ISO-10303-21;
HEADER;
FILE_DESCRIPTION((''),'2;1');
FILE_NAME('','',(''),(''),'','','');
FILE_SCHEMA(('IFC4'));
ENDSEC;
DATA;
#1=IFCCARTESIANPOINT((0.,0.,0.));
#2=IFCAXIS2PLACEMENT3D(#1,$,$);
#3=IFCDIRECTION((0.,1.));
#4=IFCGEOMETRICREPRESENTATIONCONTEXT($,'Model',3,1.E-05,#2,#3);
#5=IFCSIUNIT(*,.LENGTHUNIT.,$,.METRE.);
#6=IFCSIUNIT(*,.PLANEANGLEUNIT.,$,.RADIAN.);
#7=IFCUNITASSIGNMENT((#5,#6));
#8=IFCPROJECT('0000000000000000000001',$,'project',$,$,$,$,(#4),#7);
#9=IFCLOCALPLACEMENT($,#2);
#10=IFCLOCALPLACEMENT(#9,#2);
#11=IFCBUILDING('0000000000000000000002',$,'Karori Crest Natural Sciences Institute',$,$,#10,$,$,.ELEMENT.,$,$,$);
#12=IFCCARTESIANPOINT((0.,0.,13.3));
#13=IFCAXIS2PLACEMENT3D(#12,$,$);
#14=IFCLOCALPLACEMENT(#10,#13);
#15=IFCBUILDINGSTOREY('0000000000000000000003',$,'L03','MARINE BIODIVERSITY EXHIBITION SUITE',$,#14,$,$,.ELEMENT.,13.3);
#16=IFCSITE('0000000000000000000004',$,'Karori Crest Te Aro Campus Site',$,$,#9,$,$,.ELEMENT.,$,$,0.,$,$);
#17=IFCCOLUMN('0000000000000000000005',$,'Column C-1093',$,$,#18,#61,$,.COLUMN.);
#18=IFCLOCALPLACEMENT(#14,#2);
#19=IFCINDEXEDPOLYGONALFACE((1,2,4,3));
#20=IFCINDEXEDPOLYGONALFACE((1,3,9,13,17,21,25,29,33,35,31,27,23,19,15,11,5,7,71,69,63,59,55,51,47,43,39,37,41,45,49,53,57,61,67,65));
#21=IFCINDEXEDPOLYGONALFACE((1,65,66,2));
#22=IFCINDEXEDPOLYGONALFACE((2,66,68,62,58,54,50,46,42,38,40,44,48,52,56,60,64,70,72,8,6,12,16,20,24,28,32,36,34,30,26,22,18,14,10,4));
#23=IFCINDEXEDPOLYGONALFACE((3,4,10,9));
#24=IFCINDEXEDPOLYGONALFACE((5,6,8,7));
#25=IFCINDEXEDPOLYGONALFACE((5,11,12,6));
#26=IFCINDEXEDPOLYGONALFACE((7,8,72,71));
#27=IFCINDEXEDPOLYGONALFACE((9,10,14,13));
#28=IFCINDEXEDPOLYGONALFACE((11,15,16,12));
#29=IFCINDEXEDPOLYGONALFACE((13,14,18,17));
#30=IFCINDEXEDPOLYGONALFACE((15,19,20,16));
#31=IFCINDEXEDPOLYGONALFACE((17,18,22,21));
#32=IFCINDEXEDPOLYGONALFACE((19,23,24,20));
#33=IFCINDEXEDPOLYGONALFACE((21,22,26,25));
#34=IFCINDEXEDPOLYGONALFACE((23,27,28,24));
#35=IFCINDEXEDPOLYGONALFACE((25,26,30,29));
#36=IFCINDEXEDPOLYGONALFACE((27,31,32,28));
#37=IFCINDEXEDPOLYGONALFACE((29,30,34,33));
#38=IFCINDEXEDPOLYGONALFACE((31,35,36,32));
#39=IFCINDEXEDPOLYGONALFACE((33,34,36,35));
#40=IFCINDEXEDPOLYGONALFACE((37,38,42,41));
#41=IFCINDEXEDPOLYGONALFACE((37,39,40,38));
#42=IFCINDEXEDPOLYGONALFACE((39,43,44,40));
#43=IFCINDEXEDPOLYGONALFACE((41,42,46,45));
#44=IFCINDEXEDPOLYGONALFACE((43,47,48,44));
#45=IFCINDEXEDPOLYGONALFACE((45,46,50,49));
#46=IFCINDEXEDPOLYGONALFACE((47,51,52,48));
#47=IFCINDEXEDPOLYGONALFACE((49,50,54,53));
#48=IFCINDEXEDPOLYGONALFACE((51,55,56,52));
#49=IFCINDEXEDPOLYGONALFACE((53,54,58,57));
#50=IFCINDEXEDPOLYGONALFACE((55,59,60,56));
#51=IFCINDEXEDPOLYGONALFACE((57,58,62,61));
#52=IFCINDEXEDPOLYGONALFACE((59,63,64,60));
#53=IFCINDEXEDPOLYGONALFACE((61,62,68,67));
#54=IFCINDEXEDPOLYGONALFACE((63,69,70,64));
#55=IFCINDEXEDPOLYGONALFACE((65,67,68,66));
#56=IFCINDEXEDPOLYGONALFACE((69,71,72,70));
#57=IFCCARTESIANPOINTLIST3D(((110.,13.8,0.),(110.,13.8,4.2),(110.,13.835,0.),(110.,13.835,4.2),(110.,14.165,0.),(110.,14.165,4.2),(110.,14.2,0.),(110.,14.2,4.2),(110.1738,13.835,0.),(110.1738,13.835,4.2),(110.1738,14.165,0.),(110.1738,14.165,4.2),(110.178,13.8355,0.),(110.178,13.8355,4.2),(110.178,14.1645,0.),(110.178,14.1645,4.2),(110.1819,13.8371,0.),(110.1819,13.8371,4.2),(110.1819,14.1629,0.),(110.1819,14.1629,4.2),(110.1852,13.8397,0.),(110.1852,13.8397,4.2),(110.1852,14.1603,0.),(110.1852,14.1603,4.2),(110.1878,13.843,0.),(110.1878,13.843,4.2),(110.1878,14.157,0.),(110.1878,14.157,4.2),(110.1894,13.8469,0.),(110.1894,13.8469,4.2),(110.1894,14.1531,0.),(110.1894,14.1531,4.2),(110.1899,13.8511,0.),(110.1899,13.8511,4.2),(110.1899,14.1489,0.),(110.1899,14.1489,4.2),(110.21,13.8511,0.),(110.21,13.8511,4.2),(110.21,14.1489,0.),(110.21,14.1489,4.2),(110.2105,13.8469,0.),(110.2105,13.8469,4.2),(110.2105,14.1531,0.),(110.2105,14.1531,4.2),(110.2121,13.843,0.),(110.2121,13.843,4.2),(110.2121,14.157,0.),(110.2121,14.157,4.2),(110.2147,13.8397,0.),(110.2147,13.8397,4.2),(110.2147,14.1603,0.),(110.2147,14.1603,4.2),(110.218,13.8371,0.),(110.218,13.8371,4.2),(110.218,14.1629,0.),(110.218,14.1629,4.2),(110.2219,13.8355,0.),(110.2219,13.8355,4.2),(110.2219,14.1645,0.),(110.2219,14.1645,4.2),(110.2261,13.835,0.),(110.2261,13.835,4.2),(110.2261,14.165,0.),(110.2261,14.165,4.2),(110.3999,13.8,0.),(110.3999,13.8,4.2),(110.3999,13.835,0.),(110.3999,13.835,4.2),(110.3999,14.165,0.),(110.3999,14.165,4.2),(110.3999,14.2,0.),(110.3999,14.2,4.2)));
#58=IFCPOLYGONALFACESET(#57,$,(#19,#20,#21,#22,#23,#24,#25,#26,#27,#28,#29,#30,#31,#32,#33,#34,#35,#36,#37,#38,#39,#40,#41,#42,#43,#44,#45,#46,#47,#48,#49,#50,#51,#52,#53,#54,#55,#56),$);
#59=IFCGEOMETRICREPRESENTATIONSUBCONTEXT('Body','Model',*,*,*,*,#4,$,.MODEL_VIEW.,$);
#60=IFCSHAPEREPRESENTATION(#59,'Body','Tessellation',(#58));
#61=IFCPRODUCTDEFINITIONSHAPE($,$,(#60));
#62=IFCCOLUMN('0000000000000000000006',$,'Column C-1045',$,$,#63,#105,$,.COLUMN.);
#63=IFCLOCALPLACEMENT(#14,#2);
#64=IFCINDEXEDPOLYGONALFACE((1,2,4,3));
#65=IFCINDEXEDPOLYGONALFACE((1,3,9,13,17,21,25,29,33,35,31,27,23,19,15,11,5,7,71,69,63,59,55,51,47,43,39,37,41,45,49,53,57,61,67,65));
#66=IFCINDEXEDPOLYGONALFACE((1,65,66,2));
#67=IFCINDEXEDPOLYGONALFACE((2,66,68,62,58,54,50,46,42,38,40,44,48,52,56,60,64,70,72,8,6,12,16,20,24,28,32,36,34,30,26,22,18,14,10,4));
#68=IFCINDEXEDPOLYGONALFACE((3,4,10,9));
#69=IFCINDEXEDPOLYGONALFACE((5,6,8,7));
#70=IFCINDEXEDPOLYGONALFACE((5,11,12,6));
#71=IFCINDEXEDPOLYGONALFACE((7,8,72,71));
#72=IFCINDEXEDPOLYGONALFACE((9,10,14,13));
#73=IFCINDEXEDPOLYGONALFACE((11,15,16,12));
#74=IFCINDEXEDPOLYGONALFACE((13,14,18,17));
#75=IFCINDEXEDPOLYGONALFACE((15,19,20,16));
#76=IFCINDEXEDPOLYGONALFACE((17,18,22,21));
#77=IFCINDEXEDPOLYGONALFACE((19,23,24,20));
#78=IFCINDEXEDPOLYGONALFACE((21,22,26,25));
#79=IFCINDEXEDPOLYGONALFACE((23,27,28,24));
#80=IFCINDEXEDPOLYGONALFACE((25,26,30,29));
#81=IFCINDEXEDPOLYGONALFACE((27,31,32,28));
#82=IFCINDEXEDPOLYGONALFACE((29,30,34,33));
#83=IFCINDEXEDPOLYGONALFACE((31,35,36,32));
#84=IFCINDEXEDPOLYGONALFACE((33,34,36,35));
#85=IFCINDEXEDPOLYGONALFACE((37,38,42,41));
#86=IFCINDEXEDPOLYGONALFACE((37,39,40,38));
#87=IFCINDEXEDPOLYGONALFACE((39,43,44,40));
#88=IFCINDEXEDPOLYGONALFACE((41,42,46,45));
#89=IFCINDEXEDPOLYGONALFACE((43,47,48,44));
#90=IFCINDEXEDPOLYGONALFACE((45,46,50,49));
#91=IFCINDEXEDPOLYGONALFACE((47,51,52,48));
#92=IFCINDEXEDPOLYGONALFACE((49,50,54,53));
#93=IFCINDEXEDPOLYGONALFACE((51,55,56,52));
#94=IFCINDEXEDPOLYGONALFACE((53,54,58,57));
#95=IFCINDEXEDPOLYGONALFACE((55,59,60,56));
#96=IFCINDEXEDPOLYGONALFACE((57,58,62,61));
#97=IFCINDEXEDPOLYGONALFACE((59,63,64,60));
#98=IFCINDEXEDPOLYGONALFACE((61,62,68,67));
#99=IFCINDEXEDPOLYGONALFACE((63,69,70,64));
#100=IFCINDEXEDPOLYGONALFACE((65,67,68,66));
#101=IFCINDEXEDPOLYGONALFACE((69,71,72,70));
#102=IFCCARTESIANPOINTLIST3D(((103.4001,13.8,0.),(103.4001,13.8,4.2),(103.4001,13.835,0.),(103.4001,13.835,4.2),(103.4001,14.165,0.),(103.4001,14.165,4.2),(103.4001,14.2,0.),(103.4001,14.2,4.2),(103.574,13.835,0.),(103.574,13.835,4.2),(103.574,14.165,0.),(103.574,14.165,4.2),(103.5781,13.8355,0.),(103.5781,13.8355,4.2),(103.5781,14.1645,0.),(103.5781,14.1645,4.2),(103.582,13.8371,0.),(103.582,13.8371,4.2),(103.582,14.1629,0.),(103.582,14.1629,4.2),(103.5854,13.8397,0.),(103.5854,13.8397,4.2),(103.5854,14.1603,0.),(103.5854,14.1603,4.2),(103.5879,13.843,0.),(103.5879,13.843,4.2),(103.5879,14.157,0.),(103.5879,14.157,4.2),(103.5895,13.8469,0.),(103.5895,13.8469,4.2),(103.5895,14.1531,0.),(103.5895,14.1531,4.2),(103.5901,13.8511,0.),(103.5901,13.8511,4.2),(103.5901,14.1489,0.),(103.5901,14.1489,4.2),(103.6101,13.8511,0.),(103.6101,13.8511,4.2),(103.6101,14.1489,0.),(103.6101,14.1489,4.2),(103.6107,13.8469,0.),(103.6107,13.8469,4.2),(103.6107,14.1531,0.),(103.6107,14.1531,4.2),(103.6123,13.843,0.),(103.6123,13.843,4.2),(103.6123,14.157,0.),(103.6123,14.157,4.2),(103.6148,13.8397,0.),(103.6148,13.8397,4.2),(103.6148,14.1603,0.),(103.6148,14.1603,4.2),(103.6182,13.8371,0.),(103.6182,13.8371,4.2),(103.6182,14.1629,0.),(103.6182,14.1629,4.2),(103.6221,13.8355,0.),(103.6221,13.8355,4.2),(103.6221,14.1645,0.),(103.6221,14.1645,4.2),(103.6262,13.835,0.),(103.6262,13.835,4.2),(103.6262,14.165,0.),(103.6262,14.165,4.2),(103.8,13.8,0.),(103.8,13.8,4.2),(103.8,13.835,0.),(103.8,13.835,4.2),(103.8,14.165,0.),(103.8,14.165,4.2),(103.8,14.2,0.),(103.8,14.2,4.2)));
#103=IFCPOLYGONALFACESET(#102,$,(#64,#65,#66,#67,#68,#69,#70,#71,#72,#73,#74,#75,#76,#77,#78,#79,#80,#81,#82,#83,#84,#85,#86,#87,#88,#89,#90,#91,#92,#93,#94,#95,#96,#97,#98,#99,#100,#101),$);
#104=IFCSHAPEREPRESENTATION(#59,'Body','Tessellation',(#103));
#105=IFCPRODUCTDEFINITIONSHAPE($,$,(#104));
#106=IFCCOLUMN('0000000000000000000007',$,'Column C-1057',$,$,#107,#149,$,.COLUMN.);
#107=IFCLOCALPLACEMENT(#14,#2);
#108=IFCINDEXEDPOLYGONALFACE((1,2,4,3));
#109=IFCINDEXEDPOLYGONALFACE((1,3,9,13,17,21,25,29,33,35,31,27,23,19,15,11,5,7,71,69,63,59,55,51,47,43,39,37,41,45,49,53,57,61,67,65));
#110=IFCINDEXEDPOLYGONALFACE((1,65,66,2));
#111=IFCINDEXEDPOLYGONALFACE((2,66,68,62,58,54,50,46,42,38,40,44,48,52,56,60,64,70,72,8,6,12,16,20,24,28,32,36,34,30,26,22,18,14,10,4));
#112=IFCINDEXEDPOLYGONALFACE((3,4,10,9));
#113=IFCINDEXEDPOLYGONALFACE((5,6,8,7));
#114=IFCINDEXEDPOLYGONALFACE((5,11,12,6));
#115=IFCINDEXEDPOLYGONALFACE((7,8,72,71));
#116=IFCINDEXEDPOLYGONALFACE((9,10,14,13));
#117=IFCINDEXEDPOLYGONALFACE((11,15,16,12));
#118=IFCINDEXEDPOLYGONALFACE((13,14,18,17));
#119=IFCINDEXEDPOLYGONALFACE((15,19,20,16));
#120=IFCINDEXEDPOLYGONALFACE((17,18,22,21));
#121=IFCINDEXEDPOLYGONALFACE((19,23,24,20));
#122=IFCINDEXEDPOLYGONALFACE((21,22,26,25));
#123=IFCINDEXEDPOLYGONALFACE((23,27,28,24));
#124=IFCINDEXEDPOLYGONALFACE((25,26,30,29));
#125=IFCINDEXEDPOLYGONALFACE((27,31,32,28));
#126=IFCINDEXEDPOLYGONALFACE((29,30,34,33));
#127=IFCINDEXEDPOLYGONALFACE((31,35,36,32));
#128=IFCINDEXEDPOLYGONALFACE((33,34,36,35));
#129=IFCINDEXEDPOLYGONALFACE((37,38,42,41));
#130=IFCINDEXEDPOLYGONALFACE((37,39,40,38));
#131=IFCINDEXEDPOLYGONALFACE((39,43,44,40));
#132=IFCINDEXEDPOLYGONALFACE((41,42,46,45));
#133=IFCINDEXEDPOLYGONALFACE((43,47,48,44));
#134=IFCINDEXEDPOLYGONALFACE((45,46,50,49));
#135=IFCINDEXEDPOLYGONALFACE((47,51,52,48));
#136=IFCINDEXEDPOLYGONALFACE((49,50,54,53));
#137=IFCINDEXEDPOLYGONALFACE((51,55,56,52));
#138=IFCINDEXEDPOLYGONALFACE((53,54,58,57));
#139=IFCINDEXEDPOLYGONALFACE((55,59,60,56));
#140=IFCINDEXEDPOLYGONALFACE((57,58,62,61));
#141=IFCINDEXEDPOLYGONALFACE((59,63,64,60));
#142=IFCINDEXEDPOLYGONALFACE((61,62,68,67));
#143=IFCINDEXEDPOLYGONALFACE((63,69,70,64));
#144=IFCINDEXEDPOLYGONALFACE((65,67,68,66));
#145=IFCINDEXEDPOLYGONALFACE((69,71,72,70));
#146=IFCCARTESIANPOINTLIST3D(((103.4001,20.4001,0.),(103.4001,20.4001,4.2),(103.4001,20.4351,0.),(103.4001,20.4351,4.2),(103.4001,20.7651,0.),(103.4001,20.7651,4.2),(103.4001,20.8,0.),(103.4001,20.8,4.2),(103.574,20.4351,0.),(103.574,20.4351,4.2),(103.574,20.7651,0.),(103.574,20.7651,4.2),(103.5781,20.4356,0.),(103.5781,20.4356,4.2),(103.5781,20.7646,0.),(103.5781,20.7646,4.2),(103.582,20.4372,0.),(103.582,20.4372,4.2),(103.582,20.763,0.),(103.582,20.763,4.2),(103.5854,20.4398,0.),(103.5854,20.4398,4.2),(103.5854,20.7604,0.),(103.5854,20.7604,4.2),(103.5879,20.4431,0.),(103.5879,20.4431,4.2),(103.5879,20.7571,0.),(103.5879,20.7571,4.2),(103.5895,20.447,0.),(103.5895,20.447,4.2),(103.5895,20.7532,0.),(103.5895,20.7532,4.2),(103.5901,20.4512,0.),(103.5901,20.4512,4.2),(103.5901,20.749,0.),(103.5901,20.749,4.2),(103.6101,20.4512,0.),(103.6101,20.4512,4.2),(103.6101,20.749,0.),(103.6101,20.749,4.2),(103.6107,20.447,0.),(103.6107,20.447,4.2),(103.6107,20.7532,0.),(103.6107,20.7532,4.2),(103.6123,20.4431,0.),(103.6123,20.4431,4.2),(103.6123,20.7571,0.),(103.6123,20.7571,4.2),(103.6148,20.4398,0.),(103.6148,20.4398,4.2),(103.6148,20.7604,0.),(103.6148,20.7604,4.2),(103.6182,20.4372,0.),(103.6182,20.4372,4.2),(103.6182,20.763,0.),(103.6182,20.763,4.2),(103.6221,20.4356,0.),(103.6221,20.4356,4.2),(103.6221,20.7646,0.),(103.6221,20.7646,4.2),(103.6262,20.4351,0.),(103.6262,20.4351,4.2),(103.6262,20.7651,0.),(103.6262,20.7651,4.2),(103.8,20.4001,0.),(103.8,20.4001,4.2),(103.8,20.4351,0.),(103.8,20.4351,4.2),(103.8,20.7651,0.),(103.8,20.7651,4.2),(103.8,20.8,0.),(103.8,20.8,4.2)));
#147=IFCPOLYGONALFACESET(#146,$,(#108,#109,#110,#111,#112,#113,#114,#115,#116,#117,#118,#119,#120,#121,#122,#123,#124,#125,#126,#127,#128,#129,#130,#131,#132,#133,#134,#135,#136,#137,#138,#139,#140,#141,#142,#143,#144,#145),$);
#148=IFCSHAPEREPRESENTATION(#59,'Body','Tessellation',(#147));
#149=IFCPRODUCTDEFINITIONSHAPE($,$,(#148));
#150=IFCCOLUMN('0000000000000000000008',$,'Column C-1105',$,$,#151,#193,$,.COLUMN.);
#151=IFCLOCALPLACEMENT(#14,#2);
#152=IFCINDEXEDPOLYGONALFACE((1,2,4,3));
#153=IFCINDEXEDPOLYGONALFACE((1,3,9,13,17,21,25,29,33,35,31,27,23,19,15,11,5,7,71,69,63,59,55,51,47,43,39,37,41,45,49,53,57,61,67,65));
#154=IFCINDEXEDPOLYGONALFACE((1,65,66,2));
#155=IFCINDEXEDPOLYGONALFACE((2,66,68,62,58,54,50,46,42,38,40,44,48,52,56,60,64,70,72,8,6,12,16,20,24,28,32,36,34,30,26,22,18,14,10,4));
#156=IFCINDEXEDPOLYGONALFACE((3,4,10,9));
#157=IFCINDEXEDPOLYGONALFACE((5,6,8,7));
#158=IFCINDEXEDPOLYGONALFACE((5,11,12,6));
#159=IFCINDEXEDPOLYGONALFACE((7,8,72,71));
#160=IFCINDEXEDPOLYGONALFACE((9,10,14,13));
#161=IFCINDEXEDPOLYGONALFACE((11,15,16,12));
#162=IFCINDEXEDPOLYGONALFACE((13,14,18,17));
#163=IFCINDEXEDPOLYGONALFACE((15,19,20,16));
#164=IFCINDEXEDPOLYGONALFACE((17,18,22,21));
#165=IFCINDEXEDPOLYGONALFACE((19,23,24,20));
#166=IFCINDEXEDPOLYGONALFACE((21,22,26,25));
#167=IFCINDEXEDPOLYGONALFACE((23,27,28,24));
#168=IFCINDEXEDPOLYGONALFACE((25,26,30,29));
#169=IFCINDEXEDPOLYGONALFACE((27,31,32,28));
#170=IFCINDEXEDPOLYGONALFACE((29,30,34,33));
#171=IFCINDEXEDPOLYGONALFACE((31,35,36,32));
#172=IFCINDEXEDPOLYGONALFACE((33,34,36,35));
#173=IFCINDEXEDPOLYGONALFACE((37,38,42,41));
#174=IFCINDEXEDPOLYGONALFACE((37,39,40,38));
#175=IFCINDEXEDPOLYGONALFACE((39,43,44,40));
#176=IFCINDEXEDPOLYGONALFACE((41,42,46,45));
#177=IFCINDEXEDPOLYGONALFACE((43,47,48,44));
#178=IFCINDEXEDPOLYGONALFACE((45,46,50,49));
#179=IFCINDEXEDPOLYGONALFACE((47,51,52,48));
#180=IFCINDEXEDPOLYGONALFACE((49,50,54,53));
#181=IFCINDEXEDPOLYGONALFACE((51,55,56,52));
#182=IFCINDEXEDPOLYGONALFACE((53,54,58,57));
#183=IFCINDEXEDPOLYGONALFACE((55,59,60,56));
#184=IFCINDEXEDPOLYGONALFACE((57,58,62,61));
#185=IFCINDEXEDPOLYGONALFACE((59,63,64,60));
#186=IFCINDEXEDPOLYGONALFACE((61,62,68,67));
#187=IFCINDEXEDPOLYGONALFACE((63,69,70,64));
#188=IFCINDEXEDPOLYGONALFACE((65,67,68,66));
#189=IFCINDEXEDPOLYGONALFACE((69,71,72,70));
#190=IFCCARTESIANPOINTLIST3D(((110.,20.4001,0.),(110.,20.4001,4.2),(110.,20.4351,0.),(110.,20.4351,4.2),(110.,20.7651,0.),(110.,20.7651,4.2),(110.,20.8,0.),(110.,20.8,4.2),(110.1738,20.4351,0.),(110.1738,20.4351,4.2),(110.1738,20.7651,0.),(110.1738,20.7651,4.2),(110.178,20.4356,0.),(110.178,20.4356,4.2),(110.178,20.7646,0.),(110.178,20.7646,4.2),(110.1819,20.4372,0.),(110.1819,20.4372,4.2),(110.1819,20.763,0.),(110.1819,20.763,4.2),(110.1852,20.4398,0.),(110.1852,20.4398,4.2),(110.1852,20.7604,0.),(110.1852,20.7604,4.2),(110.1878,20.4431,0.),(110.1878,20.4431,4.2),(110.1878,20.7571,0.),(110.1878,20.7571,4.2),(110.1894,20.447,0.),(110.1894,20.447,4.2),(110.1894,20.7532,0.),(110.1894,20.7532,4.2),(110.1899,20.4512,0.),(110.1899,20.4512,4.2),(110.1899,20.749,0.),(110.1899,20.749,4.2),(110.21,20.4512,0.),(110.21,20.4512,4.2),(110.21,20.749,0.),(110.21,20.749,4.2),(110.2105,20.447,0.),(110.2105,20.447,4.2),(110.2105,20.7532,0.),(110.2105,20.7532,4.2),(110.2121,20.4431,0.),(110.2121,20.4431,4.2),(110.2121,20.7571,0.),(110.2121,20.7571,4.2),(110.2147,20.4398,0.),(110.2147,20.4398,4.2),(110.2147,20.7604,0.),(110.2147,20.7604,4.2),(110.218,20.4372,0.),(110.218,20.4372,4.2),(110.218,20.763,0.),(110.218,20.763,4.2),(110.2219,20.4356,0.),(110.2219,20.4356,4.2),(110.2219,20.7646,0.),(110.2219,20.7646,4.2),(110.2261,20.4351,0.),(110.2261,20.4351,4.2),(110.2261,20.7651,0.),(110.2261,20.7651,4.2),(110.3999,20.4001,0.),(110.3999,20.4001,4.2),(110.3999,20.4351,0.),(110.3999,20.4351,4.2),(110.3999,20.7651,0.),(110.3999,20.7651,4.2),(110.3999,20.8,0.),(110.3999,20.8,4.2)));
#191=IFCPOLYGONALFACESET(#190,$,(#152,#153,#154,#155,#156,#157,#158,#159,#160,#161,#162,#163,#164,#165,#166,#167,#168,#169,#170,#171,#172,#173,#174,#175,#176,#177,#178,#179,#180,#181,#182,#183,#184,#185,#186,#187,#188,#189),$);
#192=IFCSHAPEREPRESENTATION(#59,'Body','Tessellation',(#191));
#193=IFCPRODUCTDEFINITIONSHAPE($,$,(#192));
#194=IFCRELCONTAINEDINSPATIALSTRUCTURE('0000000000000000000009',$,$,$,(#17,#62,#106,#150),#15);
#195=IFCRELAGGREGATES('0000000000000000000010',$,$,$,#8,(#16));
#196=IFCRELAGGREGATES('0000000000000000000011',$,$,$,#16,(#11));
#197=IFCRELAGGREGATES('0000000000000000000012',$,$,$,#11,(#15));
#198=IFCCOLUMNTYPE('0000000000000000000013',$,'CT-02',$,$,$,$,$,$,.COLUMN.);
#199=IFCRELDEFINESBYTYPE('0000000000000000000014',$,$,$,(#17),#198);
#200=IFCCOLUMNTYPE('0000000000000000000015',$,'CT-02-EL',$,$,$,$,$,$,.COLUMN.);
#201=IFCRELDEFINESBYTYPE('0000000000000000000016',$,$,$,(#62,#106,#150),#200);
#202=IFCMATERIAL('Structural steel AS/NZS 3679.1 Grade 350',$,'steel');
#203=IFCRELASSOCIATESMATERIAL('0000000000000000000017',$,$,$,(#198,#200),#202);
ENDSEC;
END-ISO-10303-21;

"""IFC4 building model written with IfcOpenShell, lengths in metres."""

from ifc_helpers import new_model, si_unit, direction, frame, origin, origin_2d, place, context, subcontext, project, spatial, i_section, extrude, material, material_profile, profile_set, type_object, element, save


model = new_model("IFC4")

# Units and contexts
model_context = context("Model", 3, precision=1e-05, world=origin(), true_north=direction((0.0, 1.0)))
body_context = subcontext(model_context, "Body", "Model", "MODEL_VIEW")
ifc_project = project(units=[si_unit("LENGTHUNIT", "METRE"), si_unit("PLANEANGLEUNIT", "RADIAN")], contexts=[model_context])

# Site, building, storey
site_placement = place(None, origin())
site = spatial("IfcSite", under=ifc_project, at=site_placement, Name="Karori Crest Te Aro Campus Site", CompositionType="ELEMENT", RefElevation=0.0)
building_placement = place(site_placement, origin())
building = spatial("IfcBuilding", under=site, at=building_placement, Name="Karori Crest Natural Sciences Institute", CompositionType="ELEMENT")
storey_placement = place(building_placement, frame((0.0, 0.0, 13.3)))
storey = spatial("IfcBuildingStorey", under=building, at=storey_placement, Name="L03", Description="MARINE BIODIVERSITY EXHIBITION SUITE", CompositionType="ELEMENT", Elevation=13.3)

# Columns
ifc_material_1 = material(Name="Structural steel AS/NZS 3679.1 Grade 350", Category="steel")
ifc_material_profile_1 = material_profile(ifc_material_1, i_section(OverallWidth=0.3999, OverallDepth=0.3999, WebThickness=0.02, FlangeThickness=0.0349, FilletRadius=0.0161, at=origin_2d()), Name="400WC328")
ifc_profile_set_1 = profile_set([ifc_material_profile_1], Name="Structural steel AS/NZS 3679.1 Grade 350")
column_type_1 = type_object("IfcColumnType", Name="CT-02", PredefinedType="COLUMN", material=ifc_profile_set_1)
column_placement = place(storey_placement, frame((110.2, 14.0, 0.0), z_axis=(0.0, 0.0, 1.0), x_axis=(1.0, 0.0, 0.0)))
element("IfcColumn", 1, at=column_placement, inside=storey, type_object=column_type_1, Name="Column C-1093", PredefinedType="COLUMN", context=body_context, shape_type="SweptSolid", body=[
    extrude(i_section(OverallWidth=0.3999, OverallDepth=0.3999, WebThickness=0.02, FlangeThickness=0.0349, FilletRadius=0.0161, at=origin_2d()), origin(), (0.0, 0.0, 1.0), 4.2),
])
ifc_material_profile_2 = material_profile(ifc_material_1, i_section(OverallWidth=0.3999, OverallDepth=0.3999, WebThickness=0.02, FlangeThickness=0.0349, FilletRadius=0.0161, at=origin_2d()), Name="400WC328")
ifc_profile_set_2 = profile_set([ifc_material_profile_2], Name="Structural steel AS/NZS 3679.1 Grade 350")
column_type_2 = type_object("IfcColumnType", Name="CT-02-EL", PredefinedType="COLUMN", material=ifc_profile_set_2)
for number, where, z_axis, x_axis, name in (
    (2, (103.6001, 14.0, 0.0), (0.0, 0.0, 1.0), (1.0, 0.0, 0.0), "Column C-1045"),
    (3, (103.6001, 20.6001, 0.0), (0.0, 0.0, 1.0), (1.0, 0.0, 0.0), "Column C-1057"),
    (4, (110.2, 20.6001, 0.0), (0.0, 0.0, 1.0), (1.0, 0.0, 0.0), "Column C-1105"),
):
    element("IfcColumn", number, at=place(storey_placement, frame(where, z_axis=z_axis, x_axis=x_axis)), inside=storey, type_object=column_type_2, Name=name, PredefinedType="COLUMN", context=body_context, shape_type="SweptSolid", body=[
        extrude(i_section(OverallWidth=0.3999, OverallDepth=0.3999, WebThickness=0.02, FlangeThickness=0.0349, FilletRadius=0.0161, at=origin_2d()), origin(), (0.0, 0.0, 1.0), 4.2),
    ])

save(model, "model.ifc")
